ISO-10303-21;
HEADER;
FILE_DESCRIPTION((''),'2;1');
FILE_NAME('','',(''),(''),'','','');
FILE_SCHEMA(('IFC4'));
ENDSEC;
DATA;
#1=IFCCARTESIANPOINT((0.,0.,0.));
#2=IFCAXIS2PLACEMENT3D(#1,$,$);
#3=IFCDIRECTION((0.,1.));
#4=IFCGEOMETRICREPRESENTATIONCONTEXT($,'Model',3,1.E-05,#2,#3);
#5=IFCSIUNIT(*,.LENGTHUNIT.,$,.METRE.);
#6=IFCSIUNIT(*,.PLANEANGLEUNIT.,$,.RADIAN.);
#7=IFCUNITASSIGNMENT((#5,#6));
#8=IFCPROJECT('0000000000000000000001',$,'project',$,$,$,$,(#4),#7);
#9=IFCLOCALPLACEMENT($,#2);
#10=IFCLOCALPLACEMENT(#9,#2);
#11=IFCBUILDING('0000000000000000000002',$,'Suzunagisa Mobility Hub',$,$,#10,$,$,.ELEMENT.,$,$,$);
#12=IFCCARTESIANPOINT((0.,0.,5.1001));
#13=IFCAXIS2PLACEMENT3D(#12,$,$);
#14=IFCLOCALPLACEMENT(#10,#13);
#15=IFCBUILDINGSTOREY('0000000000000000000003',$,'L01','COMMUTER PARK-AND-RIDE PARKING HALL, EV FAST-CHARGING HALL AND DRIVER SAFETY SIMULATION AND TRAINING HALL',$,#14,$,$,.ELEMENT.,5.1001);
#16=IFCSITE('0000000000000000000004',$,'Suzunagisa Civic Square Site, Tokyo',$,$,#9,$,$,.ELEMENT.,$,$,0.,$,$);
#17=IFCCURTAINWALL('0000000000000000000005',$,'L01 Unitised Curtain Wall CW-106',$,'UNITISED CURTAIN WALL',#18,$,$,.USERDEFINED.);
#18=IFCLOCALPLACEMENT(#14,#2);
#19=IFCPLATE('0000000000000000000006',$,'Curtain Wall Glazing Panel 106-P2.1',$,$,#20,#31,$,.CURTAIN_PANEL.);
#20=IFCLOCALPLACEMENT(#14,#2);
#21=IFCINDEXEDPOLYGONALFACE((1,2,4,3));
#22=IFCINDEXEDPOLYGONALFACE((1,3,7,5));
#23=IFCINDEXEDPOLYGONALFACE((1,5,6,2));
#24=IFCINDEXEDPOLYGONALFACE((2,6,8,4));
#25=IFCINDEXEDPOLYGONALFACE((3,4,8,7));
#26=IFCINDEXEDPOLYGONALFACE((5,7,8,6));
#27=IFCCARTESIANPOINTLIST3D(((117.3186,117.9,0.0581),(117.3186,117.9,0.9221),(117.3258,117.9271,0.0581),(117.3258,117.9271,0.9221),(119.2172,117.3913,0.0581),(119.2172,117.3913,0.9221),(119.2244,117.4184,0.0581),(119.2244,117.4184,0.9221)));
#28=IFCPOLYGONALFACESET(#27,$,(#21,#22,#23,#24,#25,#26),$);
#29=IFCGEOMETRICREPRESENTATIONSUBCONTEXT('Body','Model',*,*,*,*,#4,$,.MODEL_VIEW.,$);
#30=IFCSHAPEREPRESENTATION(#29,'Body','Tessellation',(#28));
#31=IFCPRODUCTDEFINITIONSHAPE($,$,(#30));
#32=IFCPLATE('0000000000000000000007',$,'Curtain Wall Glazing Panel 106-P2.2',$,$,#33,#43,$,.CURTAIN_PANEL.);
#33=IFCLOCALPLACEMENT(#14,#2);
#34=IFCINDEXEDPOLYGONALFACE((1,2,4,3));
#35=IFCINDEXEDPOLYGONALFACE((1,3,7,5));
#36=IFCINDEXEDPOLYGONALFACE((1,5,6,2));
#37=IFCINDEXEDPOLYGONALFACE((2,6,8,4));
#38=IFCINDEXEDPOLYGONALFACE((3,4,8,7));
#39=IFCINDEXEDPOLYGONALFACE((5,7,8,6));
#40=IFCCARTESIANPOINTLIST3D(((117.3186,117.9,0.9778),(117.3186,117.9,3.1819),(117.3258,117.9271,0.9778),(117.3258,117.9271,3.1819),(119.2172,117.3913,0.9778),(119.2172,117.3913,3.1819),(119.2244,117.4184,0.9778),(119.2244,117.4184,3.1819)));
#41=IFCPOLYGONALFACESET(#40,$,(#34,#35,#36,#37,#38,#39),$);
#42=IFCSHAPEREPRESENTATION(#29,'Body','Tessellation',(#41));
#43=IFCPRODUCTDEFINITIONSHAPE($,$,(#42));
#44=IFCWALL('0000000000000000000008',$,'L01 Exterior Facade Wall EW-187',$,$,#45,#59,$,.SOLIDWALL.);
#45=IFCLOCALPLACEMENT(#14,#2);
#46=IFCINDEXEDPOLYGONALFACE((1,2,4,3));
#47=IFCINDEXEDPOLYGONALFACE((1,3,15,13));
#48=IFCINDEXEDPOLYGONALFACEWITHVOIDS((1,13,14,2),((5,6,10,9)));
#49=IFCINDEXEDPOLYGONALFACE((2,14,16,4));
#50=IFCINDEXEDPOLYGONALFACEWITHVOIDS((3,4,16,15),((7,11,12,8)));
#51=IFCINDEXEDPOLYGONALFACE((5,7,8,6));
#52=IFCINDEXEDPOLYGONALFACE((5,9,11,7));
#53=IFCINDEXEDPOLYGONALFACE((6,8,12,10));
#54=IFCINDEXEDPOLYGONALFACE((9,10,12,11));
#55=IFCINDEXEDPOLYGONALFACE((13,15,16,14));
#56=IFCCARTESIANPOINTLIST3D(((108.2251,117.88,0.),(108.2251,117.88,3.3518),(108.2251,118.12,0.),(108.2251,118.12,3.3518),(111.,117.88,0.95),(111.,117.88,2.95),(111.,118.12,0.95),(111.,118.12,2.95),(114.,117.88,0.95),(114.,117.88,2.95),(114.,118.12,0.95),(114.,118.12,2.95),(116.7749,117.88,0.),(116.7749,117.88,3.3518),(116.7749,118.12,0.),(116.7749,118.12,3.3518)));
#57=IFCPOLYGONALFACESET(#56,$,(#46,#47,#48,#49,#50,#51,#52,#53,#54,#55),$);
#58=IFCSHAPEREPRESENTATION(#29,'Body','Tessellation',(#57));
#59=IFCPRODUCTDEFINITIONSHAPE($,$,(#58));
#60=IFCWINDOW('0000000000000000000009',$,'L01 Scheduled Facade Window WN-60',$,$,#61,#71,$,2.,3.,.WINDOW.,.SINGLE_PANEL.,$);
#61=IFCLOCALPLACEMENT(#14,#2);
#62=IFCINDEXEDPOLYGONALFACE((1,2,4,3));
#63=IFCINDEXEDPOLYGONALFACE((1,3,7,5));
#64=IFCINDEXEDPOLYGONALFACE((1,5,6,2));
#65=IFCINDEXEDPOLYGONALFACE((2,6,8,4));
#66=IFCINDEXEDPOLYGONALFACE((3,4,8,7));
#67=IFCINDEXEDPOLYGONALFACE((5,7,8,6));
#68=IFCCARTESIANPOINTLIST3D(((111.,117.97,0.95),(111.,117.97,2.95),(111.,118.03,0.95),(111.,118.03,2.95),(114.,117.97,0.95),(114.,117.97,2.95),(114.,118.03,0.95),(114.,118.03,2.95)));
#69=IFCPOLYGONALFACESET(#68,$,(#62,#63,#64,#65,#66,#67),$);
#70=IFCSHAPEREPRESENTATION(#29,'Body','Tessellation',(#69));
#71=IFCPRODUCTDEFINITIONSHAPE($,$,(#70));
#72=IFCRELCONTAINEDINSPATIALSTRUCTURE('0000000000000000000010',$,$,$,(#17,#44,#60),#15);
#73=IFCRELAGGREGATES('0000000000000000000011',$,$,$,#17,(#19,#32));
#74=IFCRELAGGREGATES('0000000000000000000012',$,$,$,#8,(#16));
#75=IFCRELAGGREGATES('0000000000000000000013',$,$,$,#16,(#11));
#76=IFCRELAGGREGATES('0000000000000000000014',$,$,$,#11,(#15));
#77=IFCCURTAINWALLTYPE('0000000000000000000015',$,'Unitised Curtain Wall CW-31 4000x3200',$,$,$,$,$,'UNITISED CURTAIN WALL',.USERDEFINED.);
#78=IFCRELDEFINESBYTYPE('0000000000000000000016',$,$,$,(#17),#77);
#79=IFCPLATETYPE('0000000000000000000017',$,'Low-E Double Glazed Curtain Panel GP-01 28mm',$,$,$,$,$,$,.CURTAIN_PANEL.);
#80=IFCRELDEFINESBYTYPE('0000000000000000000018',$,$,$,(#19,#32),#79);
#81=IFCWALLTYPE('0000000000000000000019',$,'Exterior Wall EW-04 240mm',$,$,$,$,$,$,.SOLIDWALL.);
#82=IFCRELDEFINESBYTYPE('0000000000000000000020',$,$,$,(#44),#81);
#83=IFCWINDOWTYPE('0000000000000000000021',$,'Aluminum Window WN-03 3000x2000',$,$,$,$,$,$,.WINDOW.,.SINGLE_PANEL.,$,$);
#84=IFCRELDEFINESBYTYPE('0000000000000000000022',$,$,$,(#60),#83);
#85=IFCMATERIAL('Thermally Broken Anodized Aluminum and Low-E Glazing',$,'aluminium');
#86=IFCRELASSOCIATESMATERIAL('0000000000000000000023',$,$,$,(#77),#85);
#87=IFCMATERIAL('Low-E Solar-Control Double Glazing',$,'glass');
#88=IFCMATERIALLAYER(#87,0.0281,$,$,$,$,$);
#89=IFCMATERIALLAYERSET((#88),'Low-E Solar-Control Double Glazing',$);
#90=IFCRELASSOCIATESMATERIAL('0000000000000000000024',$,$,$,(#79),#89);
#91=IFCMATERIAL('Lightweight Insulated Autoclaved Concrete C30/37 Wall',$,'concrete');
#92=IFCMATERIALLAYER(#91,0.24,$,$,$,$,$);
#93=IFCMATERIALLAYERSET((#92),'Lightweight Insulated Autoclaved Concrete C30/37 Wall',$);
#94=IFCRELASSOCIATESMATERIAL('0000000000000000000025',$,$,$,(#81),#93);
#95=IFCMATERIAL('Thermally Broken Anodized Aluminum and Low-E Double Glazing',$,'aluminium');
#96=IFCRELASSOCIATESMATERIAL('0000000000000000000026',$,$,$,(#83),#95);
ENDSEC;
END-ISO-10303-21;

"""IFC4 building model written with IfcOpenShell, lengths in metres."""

from ifc_helpers import new_model, si_unit, direction, frame, frame_2d, origin, origin_2d, place, context, subcontext, project, spatial, rectangle, extrude, material, layer, layer_set, type_object, element, fill, aggregate, save


model = new_model("IFC4")

# Units and contexts
model_context = context("Model", 3, precision=1e-05, world=origin(), true_north=direction((0.0, 1.0)))
body_context = subcontext(model_context, "Body", "Model", "MODEL_VIEW")
ifc_project = project(units=[si_unit("LENGTHUNIT", "METRE"), si_unit("PLANEANGLEUNIT", "RADIAN")], contexts=[model_context])

# Site, building, storey
site_placement = place(None, origin())
site = spatial("IfcSite", under=ifc_project, at=site_placement, Name="Suzunagisa Civic Square Site, Tokyo", CompositionType="ELEMENT", RefElevation=0.0)
building_placement = place(site_placement, origin())
building = spatial("IfcBuilding", under=site, at=building_placement, Name="Suzunagisa Mobility Hub", CompositionType="ELEMENT")
storey_placement = place(building_placement, frame((0.0, 0.0, 5.1001)))
storey = spatial("IfcBuildingStorey", under=building, at=storey_placement, Name="L01", Description="COMMUTER PARK-AND-RIDE PARKING HALL, EV FAST-CHARGING HALL AND DRIVER SAFETY SIMULATION AND TRAINING HALL", CompositionType="ELEMENT", Elevation=5.1001)

# Shared definitions
ifc_material_1 = material(Name="Thermally Broken Anodized Aluminum and Low-E Glazing", Category="aluminium")

# Curtain wall
curtain_wall_type_1 = type_object("IfcCurtainWallType", Name="Unitised Curtain Wall CW-31 4000x3200", ElementType="UNITISED CURTAIN WALL", PredefinedType="USERDEFINED", material=ifc_material_1)
curtain_wall_1_placement = place(storey_placement, origin())
curtain_wall_1 = element("IfcCurtainWall", 1, at=curtain_wall_1_placement, inside=storey, type_object=curtain_wall_type_1, Name="L01 Unitised Curtain Wall CW-106", ObjectType="UNITISED CURTAIN WALL", PredefinedType="USERDEFINED")

# Plates
ifc_material_2 = material(Name="Low-E Solar-Control Double Glazing", Category="glass")
ifc_layer_1 = layer(ifc_material_2, 0.0281)
ifc_layer_set_1 = layer_set([ifc_layer_1], Name="Low-E Solar-Control Double Glazing")
plate_type = type_object("IfcPlateType", Name="Low-E Double Glazed Curtain Panel GP-01 28mm", PredefinedType="CURTAIN_PANEL", material=ifc_layer_set_1)
plate_1_placement = place(storey_placement, frame((118.2715, 117.6592, 0.0581), z_axis=(0.0, 0.0, 1.0), x_axis=(-0.965925, 0.258821, 0.0)))
plate_1 = element("IfcPlate", 2, at=plate_1_placement, type_object=plate_type, Name="Curtain Wall Glazing Panel 106-P2.1", PredefinedType="CURTAIN_PANEL", context=body_context, shape_type="SweptSolid", body=[
    extrude(rectangle(XDim=1.9656, YDim=0.0281, at=origin_2d()), origin(), (0.0, 0.0, 1.0), 0.864),
])
plate_2_placement = place(storey_placement, frame((118.2715, 117.6592, 0.9778), z_axis=(0.0, 0.0, 1.0), x_axis=(-0.965925, 0.258821, 0.0)))
plate_2 = element("IfcPlate", 3, at=plate_2_placement, type_object=plate_type, Name="Curtain Wall Glazing Panel 106-P2.2", PredefinedType="CURTAIN_PANEL", context=body_context, shape_type="SweptSolid", body=[
    extrude(rectangle(XDim=1.9656, YDim=0.0281, at=origin_2d()), origin(), (0.0, 0.0, 1.0), 2.2041),
])
aggregate(curtain_wall_1, [plate_1, plate_2])

# Wall, opening, window
ifc_material_3 = material(Name="Lightweight Insulated Autoclaved Concrete C30/37 Wall", Category="concrete")
ifc_layer_2 = layer(ifc_material_3, 0.24)
ifc_layer_set_2 = layer_set([ifc_layer_2], Name="Lightweight Insulated Autoclaved Concrete C30/37 Wall")
wall_type = type_object("IfcWallType", Name="Exterior Wall EW-04 240mm", PredefinedType="SOLIDWALL", material=ifc_layer_set_2)
wall_placement = place(storey_placement, frame((116.7749, 118.0, 0.0), z_axis=(0.0, 0.0, 1.0), x_axis=(-1.0, 0.0, 0.0)))
wall = element("IfcWall", 4, at=wall_placement, inside=storey, type_object=wall_type, Name="L01 Exterior Facade Wall EW-187", PredefinedType="SOLIDWALL", context=body_context, shape_type="SweptSolid", body=[
    extrude(rectangle(XDim=8.5498, YDim=0.24, at=frame_2d((4.2749, 0.0))), origin(), (0.0, 0.0, 1.0), 3.3518),
])
opening_placement = place(wall_placement, frame((2.7749, 0.0, 0.95)))
opening = element("IfcOpeningElement", 5, at=opening_placement, cuts=wall, PredefinedType="OPENING", context=body_context, shape_type="SweptSolid", body=[
    extrude(rectangle(XDim=3.0, YDim=2.0, at=frame_2d((1.5, 1.0))), frame((0.0, 0.1309, 0.0), z_axis=(0.0, -1.0, 0.0), x_axis=(1.0, 0.0, 0.0)), (0.0, 0.0, 1.0), 0.262),
])
ifc_material_4 = material(Name="Thermally Broken Anodized Aluminum and Low-E Double Glazing", Category="aluminium")
window_type = type_object("IfcWindowType", Name="Aluminum Window WN-03 3000x2000", PartitioningType="SINGLE_PANEL", PredefinedType="WINDOW", material=ifc_material_4)
window_placement = place(opening_placement, origin())
window = element("IfcWindow", 6, at=window_placement, inside=storey, type_object=window_type, Name="L01 Scheduled Facade Window WN-60", OverallHeight=2.0, OverallWidth=3.0, PartitioningType="SINGLE_PANEL", PredefinedType="WINDOW", context=body_context, shape_type="SweptSolid", body=[
    extrude(rectangle(XDim=3.0, YDim=2.0, at=frame_2d((1.5, 1.0))), frame((0.0, 0.03, 0.0), z_axis=(0.0, -1.0, 0.0), x_axis=(1.0, 0.0, 0.0)), (0.0, 0.0, 1.0), 0.0601),
])
fill(opening, window)

save(model, "model.ifc")
